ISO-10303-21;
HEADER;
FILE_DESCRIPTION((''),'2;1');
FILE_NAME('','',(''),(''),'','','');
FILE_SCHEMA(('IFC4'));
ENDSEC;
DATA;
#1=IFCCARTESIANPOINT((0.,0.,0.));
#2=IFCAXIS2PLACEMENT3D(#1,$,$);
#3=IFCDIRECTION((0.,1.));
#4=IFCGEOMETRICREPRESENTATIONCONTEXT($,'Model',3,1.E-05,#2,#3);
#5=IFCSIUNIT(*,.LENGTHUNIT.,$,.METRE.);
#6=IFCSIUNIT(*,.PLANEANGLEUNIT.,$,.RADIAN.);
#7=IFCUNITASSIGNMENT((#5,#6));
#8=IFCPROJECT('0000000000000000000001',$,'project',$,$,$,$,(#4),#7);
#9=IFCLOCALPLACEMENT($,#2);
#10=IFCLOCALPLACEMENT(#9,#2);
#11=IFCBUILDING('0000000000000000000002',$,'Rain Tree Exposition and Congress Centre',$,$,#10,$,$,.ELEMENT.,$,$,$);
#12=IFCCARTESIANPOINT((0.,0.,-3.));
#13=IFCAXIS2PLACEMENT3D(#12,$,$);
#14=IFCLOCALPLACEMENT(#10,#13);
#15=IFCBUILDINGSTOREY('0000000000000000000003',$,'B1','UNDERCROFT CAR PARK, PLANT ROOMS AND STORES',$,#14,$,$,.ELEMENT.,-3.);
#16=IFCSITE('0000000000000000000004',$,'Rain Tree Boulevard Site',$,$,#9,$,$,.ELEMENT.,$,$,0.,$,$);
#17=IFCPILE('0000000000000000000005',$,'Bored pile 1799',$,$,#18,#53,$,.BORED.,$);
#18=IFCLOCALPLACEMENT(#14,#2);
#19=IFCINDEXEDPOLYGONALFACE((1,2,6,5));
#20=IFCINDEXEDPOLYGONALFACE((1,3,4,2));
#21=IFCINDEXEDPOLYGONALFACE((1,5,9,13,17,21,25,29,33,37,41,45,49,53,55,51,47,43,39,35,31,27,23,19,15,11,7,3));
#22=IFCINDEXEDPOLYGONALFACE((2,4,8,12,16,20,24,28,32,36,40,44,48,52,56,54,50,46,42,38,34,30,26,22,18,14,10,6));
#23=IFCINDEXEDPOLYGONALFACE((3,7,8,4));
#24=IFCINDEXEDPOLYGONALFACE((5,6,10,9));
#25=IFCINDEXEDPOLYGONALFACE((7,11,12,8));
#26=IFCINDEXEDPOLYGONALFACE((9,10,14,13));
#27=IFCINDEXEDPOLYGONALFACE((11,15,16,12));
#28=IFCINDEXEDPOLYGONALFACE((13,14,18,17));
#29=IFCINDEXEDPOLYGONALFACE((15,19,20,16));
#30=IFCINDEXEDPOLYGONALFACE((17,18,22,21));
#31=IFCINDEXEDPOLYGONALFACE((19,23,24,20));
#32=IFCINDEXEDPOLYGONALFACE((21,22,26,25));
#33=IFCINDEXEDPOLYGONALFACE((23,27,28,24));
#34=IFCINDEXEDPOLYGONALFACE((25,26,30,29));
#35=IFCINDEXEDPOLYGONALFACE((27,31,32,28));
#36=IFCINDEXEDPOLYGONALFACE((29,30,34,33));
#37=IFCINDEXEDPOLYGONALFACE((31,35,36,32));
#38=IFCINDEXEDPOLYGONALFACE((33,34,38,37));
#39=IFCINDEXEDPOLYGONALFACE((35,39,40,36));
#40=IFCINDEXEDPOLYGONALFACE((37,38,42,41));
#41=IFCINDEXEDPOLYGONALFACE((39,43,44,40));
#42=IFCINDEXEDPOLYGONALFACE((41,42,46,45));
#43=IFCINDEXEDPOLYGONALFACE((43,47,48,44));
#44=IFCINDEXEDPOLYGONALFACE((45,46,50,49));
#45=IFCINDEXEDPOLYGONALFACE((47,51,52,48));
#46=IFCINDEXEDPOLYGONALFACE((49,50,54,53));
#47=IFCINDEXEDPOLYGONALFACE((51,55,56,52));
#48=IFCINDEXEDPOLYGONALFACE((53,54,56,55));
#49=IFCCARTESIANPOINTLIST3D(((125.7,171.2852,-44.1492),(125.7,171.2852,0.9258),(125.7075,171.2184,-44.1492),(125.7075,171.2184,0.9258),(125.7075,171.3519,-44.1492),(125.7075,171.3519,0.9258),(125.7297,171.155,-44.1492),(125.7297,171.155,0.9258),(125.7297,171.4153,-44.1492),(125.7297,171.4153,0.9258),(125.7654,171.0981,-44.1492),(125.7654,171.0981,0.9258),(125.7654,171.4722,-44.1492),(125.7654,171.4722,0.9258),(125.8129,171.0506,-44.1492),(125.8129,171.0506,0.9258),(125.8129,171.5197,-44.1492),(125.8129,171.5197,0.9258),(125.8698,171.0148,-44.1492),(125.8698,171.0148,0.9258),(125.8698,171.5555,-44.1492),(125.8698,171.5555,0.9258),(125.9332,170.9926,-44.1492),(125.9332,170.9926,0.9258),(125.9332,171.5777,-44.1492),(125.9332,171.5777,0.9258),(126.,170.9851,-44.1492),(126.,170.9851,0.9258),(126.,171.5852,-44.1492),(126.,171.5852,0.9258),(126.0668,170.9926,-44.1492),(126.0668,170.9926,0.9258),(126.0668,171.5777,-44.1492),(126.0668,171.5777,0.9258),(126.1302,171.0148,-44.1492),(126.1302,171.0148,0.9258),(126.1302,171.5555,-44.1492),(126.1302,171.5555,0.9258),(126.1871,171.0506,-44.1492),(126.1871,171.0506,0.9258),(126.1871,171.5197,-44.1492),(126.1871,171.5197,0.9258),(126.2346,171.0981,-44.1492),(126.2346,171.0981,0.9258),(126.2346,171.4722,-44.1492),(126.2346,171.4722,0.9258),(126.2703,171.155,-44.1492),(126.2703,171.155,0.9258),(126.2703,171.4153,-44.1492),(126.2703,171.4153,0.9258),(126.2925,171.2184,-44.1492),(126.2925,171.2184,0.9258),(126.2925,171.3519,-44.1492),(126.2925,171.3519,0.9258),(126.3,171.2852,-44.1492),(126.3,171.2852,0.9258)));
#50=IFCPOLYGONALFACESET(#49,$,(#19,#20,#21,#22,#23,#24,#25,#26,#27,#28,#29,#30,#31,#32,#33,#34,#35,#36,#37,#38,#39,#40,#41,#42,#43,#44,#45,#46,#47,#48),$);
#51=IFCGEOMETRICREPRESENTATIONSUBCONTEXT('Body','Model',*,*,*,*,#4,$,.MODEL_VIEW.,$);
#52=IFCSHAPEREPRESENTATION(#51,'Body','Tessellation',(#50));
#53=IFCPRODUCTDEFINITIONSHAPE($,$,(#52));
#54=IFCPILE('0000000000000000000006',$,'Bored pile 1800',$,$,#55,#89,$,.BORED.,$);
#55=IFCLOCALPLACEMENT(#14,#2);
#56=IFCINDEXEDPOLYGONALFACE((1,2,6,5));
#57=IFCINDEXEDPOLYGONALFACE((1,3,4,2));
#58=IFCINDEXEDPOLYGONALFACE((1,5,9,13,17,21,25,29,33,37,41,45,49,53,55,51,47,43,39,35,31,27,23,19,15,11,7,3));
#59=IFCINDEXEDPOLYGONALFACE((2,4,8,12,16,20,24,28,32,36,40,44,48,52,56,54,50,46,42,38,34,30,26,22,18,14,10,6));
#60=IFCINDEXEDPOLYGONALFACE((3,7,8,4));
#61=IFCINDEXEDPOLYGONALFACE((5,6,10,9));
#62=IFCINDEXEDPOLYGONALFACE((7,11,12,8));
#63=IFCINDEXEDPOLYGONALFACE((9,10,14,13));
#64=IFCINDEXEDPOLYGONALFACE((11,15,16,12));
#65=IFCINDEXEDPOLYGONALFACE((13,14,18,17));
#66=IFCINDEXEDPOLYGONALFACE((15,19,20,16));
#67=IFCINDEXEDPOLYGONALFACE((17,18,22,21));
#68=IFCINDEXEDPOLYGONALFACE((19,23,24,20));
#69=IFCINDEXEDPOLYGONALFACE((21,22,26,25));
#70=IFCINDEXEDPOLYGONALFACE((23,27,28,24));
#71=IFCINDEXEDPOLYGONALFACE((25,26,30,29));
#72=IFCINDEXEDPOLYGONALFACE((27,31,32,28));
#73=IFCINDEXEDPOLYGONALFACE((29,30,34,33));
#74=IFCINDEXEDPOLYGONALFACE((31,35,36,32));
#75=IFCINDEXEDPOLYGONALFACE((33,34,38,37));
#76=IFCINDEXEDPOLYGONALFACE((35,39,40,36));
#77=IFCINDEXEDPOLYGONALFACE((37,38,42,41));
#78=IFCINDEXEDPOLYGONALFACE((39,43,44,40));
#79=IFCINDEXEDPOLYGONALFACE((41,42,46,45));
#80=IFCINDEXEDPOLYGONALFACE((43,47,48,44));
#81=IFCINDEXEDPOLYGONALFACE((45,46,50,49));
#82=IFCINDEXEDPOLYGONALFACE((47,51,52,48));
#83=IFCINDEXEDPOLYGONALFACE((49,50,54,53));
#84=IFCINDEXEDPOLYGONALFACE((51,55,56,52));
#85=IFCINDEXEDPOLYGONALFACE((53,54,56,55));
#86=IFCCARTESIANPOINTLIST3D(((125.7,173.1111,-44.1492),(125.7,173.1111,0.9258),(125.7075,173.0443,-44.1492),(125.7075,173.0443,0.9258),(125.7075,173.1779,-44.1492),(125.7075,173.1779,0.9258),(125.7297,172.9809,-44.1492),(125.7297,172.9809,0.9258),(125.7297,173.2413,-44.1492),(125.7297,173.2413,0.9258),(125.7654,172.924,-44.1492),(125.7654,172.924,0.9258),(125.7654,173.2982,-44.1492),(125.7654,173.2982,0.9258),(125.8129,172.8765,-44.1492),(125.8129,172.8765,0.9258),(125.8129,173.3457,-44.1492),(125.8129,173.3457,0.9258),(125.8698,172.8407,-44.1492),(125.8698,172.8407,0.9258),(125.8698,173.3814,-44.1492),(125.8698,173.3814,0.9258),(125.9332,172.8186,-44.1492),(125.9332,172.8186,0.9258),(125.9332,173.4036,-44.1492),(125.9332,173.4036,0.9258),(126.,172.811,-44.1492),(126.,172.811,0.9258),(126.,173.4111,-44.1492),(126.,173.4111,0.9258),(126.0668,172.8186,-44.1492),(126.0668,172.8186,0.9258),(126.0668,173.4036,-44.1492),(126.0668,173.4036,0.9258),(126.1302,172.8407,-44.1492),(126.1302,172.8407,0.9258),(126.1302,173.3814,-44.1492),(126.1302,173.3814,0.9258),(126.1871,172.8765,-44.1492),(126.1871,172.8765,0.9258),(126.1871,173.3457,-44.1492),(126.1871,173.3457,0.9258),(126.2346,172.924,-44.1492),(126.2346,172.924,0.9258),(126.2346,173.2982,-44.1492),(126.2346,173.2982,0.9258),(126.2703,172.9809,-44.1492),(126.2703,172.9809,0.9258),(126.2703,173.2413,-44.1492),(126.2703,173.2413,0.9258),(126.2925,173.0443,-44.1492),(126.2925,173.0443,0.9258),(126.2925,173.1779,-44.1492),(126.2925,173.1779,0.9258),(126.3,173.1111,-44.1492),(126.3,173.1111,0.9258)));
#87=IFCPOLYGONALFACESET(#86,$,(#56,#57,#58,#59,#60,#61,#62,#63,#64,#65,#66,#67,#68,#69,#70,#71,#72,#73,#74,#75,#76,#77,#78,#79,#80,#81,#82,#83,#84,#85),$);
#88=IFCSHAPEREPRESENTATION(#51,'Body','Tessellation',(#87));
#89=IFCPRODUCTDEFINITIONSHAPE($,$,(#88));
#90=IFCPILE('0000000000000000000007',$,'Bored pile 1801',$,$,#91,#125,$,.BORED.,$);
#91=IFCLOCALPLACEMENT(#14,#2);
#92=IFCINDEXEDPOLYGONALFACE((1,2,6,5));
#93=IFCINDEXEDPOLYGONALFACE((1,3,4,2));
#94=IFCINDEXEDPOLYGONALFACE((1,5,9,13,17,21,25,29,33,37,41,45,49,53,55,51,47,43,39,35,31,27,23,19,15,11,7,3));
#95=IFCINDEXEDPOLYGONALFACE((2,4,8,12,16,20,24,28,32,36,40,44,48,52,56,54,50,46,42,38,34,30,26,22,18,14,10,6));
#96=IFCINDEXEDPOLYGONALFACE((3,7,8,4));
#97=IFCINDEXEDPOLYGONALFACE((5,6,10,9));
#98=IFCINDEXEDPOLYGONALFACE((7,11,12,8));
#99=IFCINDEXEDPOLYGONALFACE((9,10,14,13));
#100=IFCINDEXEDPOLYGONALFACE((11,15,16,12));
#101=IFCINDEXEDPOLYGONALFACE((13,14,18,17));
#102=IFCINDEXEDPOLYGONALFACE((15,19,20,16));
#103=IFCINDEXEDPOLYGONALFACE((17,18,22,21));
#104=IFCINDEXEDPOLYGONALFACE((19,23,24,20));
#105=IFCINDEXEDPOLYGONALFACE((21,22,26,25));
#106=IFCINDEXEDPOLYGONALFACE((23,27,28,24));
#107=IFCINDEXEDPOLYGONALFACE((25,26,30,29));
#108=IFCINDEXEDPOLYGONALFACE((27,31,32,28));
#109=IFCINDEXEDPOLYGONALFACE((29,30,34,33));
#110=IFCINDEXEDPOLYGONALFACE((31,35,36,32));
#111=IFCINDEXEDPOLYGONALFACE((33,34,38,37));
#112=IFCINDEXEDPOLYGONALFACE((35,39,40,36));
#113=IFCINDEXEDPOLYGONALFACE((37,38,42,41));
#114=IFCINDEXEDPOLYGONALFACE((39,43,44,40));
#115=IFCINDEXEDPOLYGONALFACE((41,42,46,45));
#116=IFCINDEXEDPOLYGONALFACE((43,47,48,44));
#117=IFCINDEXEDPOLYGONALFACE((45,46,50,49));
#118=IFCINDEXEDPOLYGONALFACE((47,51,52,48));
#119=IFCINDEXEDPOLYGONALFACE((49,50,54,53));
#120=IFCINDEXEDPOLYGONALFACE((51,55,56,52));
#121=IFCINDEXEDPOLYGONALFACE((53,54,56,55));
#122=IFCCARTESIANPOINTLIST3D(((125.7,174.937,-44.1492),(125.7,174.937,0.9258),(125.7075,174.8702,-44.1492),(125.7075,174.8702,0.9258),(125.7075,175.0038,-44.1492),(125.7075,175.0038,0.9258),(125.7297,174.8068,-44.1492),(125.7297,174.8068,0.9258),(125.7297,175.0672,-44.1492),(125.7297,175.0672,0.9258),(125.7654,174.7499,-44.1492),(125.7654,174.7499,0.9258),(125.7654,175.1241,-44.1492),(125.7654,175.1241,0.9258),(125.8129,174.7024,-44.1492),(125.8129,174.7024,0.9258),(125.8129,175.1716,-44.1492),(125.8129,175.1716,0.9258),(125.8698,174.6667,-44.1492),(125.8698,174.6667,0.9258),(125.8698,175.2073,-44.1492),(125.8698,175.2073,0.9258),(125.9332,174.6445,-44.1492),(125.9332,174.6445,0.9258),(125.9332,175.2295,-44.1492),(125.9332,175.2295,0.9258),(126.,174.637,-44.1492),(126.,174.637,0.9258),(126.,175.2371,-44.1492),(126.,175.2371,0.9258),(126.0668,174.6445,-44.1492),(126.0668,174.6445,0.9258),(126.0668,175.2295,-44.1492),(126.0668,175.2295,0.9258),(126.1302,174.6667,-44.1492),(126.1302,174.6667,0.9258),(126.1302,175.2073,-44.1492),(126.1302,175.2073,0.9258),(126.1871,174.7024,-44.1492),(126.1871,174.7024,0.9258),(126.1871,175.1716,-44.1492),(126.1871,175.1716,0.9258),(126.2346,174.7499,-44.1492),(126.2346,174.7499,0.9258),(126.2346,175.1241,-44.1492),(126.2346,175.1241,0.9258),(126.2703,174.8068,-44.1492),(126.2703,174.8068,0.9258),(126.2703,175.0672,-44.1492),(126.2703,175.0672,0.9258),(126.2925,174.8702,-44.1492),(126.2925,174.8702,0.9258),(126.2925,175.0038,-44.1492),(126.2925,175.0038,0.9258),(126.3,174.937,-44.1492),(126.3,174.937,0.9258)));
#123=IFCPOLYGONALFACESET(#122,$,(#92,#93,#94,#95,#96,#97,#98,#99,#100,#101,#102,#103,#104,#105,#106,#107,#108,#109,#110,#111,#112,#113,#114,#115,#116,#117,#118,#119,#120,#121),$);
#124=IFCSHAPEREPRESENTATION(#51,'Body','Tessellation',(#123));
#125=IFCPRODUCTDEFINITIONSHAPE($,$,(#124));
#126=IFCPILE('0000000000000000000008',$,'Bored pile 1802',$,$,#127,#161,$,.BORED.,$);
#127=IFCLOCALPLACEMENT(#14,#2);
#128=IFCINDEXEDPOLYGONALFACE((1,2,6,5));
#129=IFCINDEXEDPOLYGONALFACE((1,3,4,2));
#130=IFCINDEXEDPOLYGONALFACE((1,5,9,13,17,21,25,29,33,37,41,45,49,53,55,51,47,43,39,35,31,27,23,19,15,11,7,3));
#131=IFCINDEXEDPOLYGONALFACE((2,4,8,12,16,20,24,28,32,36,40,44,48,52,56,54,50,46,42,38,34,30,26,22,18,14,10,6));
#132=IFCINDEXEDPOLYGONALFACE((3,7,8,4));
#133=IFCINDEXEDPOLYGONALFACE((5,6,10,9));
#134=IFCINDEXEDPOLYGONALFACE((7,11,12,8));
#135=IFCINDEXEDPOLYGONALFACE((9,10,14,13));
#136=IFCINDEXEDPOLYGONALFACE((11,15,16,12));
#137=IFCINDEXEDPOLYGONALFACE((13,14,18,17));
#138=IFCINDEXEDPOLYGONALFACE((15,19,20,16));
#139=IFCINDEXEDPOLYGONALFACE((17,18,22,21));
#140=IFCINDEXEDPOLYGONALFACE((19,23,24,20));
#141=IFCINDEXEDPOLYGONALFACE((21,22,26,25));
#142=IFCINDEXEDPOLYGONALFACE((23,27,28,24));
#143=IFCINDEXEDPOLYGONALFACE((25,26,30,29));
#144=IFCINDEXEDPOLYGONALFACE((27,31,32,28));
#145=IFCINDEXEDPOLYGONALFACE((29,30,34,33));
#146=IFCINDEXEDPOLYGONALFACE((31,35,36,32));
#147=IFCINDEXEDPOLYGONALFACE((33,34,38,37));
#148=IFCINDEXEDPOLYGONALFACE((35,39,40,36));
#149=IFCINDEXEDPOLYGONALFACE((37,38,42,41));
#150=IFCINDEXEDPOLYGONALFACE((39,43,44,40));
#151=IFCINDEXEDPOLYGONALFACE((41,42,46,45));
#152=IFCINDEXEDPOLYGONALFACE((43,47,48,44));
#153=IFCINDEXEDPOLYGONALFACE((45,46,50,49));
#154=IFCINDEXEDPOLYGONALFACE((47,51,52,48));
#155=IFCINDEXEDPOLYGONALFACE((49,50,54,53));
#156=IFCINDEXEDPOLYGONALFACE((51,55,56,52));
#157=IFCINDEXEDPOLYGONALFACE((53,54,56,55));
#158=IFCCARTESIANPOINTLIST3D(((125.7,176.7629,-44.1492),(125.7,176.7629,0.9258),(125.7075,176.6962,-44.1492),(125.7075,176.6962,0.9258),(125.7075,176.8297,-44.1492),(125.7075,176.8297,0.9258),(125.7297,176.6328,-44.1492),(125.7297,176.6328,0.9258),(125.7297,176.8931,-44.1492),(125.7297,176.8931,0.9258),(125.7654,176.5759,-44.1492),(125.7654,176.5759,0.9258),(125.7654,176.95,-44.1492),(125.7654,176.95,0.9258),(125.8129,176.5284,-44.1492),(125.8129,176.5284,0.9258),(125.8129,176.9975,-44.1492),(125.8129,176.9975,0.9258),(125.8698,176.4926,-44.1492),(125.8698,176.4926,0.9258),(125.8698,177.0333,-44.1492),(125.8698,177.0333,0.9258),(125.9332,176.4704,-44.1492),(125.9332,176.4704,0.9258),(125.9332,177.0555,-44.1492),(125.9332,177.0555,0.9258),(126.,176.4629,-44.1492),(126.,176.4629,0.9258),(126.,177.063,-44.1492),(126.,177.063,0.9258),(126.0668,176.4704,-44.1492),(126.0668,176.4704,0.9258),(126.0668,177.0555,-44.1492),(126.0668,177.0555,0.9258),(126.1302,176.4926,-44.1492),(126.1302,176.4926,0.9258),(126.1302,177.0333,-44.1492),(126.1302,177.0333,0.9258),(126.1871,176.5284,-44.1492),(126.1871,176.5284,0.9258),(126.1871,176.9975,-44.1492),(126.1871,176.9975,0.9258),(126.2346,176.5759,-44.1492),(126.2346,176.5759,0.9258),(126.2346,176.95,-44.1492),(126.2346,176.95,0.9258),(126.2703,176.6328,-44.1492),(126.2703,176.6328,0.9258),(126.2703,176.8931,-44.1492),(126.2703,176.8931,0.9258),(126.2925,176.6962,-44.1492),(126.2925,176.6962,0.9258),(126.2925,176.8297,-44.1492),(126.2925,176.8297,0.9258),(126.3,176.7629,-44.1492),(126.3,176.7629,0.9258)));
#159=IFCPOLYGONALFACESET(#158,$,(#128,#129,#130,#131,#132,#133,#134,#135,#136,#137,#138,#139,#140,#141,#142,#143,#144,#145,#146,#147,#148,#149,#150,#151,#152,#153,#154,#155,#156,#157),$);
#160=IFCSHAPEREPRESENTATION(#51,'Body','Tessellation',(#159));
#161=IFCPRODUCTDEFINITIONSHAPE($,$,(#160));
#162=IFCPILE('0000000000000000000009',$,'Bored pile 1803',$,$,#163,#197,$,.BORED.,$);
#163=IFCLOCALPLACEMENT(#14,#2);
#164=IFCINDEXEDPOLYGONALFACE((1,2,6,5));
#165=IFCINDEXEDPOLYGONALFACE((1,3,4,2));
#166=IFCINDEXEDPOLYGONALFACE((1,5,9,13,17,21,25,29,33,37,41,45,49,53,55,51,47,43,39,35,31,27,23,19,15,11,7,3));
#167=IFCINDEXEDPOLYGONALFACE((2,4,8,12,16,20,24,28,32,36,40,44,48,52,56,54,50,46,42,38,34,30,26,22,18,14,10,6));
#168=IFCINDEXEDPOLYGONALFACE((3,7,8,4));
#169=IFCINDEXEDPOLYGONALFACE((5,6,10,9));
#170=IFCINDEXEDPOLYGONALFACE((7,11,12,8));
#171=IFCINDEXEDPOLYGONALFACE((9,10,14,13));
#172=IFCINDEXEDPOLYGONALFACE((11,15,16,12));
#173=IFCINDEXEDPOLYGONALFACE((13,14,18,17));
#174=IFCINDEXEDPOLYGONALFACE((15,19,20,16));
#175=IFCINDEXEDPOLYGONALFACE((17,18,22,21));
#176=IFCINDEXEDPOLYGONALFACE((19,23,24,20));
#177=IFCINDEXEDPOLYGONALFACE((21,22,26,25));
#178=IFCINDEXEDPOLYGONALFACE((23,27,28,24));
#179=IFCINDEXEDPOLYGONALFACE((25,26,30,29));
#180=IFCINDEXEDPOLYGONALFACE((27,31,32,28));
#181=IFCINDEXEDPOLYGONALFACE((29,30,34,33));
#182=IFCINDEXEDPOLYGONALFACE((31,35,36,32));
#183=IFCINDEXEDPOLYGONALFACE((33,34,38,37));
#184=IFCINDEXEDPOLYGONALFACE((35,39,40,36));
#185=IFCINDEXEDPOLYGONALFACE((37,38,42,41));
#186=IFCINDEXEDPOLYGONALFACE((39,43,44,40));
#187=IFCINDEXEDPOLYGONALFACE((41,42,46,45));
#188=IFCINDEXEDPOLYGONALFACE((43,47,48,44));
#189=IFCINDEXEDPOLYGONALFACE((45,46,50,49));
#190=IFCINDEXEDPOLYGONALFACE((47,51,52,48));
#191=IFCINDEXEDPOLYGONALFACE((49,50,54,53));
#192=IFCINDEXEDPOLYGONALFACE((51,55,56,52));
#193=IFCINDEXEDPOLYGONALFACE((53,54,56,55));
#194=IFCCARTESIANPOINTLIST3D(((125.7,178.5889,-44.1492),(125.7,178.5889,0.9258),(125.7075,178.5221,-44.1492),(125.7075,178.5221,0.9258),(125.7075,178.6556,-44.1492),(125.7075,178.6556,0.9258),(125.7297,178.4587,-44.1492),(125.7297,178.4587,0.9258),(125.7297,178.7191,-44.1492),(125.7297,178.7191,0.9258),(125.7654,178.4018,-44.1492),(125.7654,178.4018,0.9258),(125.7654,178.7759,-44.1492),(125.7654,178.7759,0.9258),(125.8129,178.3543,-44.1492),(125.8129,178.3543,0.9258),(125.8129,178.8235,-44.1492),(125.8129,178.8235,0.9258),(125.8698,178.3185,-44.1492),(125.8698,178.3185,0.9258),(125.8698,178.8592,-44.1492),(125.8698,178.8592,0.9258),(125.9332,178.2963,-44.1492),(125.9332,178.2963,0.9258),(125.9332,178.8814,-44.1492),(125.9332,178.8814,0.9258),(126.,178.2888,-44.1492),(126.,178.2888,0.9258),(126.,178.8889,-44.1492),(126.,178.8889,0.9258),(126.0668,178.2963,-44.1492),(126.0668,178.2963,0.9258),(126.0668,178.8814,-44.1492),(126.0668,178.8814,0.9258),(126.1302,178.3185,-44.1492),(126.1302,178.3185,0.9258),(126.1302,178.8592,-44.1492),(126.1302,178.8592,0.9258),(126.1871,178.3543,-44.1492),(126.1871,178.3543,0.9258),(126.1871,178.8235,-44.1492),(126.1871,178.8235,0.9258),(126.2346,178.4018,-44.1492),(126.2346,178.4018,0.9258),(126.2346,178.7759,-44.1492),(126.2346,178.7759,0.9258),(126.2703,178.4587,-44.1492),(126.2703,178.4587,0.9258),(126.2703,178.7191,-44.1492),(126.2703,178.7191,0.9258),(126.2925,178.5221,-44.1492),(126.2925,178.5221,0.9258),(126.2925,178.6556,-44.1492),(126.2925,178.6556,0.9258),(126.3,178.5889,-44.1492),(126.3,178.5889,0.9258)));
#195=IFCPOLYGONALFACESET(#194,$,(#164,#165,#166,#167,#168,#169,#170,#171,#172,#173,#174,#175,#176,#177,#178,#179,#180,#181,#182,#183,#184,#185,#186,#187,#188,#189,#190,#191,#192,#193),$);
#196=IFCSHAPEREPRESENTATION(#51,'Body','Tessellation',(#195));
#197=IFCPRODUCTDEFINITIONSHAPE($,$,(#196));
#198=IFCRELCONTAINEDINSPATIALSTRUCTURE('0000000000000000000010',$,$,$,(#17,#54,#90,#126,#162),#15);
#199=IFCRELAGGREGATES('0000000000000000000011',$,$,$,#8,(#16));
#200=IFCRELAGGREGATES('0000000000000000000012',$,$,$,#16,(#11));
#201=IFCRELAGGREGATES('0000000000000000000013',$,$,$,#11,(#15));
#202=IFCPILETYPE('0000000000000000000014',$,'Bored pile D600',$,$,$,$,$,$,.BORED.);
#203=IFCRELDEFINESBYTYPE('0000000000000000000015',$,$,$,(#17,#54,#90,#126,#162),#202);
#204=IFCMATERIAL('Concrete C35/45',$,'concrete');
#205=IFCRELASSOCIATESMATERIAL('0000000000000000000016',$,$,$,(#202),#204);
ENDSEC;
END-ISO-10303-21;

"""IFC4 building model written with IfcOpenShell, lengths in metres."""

from ifc_helpers import new_model, si_unit, direction, frame, origin, origin_2d, place, context, subcontext, project, spatial, circle, extrude, material, material_profile, profile_set, type_object, element, save


model = new_model("IFC4")

# Units and contexts
model_context = context("Model", 3, precision=1e-05, world=origin(), true_north=direction((0.0, 1.0)))
body_context = subcontext(model_context, "Body", "Model", "MODEL_VIEW")
ifc_project = project(units=[si_unit("LENGTHUNIT", "METRE"), si_unit("PLANEANGLEUNIT", "RADIAN")], contexts=[model_context])

# Site, building, storey
site_placement = place(None, origin())
site = spatial("IfcSite", under=ifc_project, at=site_placement, Name="Rain Tree Boulevard Site", CompositionType="ELEMENT", RefElevation=0.0)
building_placement = place(site_placement, origin())
building = spatial("IfcBuilding", under=site, at=building_placement, Name="Rain Tree Exposition and Congress Centre", CompositionType="ELEMENT")
storey_placement = place(building_placement, frame((0.0, 0.0, -3.0)))
storey = spatial("IfcBuildingStorey", under=building, at=storey_placement, Name="B1", Description="UNDERCROFT CAR PARK, PLANT ROOMS AND STORES", CompositionType="ELEMENT", Elevation=-3.0)

# Piles
ifc_material_1 = material(Name="Concrete C35/45", Category="concrete")
ifc_material_profile_1 = material_profile(ifc_material_1, circle(Radius=0.3, at=origin_2d()), Name="D600")
ifc_profile_set_1 = profile_set([ifc_material_profile_1], Name="Concrete C35/45")
pile_type_1 = type_object("IfcPileType", Name="Bored pile D600", PredefinedType="BORED", material=ifc_profile_set_1)
for number, where, z_axis, x_axis, name in (
    (1, (126.0, 171.2852, 0.9258), (0.0, 0.0, -1.0), (1.0, 0.0, 0.0), "Bored pile 1799"),
    (2, (126.0, 173.1111, 0.9258), (0.0, 0.0, -1.0), (1.0, 0.0, 0.0), "Bored pile 1800"),
    (3, (126.0, 174.937, 0.9258), (0.0, 0.0, -1.0), (1.0, 0.0, 0.0), "Bored pile 1801"),
    (4, (126.0, 176.7629, 0.9258), (0.0, 0.0, -1.0), (1.0, 0.0, 0.0), "Bored pile 1802"),
    (5, (126.0, 178.5889, 0.9258), (0.0, 0.0, -1.0), (1.0, 0.0, 0.0), "Bored pile 1803"),
):
    element("IfcPile", number, at=place(storey_placement, frame(where, z_axis=z_axis, x_axis=x_axis)), inside=storey, type_object=pile_type_1, Name=name, PredefinedType="BORED", context=body_context, shape_type="SweptSolid", body=[
        extrude(circle(Radius=0.3, at=origin_2d()), origin(), (0.0, 0.0, 1.0), 45.075),
    ])

save(model, "model.ifc")
